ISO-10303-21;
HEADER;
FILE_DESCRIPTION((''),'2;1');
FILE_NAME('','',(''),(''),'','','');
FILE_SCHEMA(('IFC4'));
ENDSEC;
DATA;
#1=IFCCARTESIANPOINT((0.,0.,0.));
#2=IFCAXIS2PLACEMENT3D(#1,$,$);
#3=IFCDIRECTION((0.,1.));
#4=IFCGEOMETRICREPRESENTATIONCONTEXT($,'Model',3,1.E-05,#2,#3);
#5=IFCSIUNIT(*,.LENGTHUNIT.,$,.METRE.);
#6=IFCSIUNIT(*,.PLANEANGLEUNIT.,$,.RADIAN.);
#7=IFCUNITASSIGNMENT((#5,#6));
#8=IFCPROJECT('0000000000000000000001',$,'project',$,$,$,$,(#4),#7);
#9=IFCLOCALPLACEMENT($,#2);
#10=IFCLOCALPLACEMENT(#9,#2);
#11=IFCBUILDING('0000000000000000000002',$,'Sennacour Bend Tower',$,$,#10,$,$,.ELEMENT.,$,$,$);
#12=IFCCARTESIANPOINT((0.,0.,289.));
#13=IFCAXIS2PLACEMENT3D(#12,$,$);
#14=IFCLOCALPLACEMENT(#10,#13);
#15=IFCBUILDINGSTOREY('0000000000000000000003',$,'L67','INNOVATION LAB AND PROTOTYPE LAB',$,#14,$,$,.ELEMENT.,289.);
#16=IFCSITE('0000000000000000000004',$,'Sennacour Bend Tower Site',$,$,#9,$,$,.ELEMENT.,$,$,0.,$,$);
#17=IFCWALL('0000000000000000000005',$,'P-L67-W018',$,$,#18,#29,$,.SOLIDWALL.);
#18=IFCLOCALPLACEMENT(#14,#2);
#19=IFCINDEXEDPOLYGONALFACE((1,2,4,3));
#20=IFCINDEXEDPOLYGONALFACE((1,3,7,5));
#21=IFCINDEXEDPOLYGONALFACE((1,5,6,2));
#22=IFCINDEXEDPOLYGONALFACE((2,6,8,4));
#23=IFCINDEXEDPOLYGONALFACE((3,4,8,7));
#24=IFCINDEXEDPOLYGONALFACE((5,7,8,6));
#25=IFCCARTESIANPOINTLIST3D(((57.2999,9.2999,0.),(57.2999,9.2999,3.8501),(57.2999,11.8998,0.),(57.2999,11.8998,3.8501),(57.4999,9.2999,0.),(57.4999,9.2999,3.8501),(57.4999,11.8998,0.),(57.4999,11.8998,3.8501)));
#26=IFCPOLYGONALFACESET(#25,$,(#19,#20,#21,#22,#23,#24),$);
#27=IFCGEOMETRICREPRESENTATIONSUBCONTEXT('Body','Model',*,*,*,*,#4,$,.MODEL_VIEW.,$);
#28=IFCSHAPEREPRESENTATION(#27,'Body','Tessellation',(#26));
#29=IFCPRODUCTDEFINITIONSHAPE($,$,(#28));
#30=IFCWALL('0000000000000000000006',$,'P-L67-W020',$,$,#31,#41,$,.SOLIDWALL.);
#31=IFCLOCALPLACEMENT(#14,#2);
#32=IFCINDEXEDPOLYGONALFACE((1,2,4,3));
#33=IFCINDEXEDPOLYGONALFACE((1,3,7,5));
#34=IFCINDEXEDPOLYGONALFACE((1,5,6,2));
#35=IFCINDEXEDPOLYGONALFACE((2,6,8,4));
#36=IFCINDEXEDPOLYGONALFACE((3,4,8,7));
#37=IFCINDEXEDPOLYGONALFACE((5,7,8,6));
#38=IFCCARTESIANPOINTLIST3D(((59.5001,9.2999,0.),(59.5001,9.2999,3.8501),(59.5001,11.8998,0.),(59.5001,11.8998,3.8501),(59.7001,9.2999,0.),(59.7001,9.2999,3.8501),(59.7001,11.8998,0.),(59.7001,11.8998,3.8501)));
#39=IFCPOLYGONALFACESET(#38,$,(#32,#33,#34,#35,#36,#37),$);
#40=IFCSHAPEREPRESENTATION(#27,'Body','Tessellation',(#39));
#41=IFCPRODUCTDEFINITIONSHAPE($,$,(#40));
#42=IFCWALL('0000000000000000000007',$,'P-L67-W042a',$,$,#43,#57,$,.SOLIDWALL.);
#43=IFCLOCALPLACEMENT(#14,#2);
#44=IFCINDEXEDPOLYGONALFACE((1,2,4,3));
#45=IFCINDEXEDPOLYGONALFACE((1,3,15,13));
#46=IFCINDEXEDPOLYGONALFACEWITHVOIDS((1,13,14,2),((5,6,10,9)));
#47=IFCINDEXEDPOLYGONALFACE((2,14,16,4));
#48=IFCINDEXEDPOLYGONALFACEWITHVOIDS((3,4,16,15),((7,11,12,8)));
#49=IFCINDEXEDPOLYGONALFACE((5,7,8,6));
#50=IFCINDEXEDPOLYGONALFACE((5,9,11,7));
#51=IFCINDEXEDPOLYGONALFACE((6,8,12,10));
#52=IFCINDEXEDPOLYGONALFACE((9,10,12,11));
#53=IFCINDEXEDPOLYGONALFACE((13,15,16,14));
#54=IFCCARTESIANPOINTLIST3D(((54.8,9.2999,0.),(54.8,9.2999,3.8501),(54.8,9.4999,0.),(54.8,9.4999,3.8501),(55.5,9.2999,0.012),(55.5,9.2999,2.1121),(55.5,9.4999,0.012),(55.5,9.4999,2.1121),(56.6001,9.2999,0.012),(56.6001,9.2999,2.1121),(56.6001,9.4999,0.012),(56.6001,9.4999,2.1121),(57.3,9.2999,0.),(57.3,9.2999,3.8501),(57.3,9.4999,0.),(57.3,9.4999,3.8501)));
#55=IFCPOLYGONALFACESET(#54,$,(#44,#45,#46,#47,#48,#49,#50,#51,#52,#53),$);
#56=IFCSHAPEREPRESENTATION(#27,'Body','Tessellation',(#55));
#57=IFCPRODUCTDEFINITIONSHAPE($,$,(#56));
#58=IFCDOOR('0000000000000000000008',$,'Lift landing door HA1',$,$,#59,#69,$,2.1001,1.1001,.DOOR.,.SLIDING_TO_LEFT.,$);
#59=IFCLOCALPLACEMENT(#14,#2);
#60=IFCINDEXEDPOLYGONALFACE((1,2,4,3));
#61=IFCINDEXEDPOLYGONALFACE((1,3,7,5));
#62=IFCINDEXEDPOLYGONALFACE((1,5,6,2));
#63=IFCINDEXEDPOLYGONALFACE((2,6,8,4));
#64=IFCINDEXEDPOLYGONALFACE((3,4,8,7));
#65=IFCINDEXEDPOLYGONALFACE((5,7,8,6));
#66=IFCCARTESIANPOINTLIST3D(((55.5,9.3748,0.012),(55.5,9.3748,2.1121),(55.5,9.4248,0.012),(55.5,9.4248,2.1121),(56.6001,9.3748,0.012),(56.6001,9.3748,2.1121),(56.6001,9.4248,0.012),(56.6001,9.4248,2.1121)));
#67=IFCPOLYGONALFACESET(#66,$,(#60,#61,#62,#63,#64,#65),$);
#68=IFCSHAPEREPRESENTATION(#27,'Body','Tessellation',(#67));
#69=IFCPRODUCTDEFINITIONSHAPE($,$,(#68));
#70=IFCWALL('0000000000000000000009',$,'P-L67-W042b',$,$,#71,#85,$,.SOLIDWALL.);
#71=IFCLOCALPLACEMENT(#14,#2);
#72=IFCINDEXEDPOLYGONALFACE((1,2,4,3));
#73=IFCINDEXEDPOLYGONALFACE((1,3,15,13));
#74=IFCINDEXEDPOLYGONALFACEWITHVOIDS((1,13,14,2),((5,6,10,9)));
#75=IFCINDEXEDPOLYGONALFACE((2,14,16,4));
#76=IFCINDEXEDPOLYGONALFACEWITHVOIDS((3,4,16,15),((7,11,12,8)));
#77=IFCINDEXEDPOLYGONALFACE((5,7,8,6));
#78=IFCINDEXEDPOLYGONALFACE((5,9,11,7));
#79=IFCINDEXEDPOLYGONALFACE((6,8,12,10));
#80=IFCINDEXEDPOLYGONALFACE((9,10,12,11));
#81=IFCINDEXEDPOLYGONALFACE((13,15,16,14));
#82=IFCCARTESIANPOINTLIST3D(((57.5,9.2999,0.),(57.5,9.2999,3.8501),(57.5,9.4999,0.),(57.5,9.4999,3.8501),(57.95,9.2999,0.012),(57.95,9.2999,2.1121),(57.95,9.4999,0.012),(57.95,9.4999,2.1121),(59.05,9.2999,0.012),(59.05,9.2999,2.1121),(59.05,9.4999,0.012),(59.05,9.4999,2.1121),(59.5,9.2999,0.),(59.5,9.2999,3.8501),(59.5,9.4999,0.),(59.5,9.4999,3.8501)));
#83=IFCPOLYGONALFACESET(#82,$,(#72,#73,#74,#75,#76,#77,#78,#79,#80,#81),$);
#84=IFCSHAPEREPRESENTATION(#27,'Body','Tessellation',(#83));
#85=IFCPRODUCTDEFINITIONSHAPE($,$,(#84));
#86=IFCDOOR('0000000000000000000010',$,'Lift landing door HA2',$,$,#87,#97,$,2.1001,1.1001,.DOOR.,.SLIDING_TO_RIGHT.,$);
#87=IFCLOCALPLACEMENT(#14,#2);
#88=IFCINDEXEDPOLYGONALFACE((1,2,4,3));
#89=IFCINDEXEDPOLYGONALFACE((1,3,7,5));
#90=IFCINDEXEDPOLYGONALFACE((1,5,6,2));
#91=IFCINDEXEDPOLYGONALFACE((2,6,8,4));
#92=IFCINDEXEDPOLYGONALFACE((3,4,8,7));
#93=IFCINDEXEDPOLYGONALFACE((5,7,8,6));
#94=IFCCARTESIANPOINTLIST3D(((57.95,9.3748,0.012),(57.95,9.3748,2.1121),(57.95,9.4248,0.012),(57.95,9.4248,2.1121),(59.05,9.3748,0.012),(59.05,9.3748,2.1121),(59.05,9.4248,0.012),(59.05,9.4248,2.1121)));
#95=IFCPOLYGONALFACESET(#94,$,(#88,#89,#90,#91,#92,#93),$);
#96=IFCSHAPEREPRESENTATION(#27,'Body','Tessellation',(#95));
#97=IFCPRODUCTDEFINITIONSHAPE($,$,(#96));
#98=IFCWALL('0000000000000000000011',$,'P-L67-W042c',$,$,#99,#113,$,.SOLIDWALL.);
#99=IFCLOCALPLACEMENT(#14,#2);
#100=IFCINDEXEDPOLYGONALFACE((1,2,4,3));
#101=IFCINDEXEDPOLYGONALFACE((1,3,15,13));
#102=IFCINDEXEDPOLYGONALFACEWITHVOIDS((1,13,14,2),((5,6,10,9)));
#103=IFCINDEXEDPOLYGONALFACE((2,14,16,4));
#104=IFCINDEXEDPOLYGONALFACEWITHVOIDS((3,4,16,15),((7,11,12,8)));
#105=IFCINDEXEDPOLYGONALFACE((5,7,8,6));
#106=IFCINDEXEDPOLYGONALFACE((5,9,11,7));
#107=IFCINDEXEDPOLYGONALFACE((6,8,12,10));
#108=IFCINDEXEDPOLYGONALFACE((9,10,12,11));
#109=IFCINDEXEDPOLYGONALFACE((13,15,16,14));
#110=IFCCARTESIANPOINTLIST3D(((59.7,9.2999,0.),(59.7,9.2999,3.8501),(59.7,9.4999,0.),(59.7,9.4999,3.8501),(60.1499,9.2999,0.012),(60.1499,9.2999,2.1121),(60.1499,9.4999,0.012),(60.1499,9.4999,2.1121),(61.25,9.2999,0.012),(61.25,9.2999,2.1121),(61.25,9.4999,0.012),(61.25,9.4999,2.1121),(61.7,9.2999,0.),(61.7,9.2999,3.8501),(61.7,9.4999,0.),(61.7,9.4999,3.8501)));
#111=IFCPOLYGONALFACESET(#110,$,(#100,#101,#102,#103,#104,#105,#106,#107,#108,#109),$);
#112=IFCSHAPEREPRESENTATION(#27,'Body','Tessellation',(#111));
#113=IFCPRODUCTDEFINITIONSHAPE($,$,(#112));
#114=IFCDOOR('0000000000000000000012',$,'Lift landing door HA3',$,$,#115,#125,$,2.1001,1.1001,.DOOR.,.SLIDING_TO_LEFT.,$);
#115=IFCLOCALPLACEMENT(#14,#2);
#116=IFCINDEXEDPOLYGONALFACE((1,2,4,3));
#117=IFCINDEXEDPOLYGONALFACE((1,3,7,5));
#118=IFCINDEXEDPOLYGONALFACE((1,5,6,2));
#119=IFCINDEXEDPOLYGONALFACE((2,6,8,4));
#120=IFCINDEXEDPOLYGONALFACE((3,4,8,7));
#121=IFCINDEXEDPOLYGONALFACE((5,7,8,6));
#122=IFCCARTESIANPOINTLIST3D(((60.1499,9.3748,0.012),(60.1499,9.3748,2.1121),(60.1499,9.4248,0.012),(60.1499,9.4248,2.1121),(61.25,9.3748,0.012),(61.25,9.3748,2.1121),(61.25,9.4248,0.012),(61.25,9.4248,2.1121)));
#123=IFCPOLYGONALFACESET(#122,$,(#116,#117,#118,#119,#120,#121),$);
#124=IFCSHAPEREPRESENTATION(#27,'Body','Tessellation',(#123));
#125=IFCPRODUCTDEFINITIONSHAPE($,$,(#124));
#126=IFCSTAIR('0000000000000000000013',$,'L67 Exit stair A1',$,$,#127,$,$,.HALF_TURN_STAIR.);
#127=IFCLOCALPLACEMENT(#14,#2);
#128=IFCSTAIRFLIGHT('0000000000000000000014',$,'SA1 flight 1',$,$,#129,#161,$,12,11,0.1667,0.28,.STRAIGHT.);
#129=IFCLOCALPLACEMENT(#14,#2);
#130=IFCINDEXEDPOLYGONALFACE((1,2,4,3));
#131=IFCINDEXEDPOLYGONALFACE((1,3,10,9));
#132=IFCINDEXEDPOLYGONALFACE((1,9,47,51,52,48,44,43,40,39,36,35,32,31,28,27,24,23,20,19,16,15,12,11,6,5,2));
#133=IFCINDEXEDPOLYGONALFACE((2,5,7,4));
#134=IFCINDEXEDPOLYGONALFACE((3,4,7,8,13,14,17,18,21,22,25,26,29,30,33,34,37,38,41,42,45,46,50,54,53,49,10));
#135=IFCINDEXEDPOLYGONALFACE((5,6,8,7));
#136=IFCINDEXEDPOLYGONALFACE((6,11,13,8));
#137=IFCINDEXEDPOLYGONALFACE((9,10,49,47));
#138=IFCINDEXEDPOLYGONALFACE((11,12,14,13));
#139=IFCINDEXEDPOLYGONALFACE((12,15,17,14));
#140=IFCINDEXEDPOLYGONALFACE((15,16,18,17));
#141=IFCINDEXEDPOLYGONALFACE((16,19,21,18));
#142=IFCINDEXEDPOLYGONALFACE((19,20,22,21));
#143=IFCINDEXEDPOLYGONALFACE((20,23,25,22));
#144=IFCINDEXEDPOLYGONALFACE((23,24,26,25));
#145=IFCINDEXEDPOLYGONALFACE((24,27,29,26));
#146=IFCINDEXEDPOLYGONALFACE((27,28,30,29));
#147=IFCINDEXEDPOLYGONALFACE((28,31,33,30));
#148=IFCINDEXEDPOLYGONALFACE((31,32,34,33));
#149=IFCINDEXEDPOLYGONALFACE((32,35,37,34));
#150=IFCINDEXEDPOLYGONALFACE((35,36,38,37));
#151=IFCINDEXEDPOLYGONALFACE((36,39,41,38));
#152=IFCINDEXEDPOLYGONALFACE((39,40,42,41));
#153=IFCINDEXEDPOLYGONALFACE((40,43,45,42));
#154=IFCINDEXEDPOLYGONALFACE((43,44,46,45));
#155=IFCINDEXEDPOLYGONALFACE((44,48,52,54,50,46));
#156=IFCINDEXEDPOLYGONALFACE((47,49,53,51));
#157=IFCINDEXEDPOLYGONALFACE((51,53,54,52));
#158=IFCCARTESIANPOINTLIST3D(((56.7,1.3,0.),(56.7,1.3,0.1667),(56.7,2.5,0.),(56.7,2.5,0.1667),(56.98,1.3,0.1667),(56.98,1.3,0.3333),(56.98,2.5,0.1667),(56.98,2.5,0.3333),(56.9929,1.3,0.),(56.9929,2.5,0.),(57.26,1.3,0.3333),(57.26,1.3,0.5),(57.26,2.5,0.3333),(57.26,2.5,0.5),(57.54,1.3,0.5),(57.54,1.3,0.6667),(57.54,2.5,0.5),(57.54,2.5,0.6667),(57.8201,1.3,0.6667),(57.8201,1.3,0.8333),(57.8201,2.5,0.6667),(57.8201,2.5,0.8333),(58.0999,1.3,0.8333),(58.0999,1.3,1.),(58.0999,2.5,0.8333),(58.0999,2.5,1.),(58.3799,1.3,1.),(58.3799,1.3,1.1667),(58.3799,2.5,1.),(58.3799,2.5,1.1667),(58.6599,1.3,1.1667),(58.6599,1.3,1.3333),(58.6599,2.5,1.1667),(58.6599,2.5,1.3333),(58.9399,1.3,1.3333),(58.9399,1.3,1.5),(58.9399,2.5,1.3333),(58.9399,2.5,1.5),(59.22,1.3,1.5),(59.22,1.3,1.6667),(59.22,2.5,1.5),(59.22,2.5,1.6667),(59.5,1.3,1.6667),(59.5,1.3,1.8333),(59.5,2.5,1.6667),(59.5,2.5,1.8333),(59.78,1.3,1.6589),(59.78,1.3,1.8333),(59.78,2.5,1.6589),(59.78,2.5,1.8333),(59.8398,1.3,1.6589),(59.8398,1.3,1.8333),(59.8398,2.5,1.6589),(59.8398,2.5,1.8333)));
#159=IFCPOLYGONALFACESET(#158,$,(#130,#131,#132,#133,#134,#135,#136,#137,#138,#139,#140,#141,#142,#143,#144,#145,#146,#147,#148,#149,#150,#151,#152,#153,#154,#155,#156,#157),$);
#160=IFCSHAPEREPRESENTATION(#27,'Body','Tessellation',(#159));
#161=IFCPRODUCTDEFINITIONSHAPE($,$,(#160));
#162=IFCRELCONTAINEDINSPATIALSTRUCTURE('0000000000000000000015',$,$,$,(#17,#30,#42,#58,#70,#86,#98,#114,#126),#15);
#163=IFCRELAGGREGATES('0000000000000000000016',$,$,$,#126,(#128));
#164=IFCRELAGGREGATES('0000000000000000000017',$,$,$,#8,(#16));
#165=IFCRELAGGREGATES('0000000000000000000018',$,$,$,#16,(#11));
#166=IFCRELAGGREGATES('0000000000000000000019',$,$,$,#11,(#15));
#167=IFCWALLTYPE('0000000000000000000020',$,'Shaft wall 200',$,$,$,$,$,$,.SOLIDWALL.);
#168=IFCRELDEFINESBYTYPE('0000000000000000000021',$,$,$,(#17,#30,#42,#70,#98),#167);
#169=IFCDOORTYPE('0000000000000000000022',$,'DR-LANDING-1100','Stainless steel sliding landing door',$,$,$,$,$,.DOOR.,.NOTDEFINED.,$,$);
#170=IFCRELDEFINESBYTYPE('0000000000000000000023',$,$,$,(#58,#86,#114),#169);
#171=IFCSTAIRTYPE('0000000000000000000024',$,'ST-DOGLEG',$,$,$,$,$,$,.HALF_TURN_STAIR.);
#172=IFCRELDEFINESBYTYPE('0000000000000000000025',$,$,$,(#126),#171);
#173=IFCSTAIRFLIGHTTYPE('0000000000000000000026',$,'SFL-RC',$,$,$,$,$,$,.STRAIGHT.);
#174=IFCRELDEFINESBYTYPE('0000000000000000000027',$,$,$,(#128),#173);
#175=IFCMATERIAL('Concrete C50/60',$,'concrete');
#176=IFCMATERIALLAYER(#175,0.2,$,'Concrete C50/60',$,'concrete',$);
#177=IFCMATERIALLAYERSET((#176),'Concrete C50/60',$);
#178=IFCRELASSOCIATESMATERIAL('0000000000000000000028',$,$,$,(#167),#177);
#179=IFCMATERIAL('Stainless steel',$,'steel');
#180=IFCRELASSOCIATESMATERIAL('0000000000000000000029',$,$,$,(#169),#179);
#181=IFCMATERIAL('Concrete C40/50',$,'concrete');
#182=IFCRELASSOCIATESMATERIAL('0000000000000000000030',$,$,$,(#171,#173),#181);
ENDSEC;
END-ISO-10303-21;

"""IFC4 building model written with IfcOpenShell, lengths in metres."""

from ifc_helpers import new_model, si_unit, direction, frame, frame_2d, origin, place, context, subcontext, project, spatial, polyline, rectangle, outline, extrude, material, layer, layer_set, type_object, element, fill, aggregate, save


model = new_model("IFC4")

# Units and contexts
model_context = context("Model", 3, precision=1e-05, world=origin(), true_north=direction((0.0, 1.0)))
body_context = subcontext(model_context, "Body", "Model", "MODEL_VIEW")
ifc_project = project(units=[si_unit("LENGTHUNIT", "METRE"), si_unit("PLANEANGLEUNIT", "RADIAN")], contexts=[model_context])

# Site, building, storey
site_placement = place(None, origin())
site = spatial("IfcSite", under=ifc_project, at=site_placement, Name="Sennacour Bend Tower Site", CompositionType="ELEMENT", RefElevation=0.0)
building_placement = place(site_placement, origin())
building = spatial("IfcBuilding", under=site, at=building_placement, Name="Sennacour Bend Tower", CompositionType="ELEMENT")
storey_placement = place(building_placement, frame((0.0, 0.0, 289.0)))
storey = spatial("IfcBuildingStorey", under=building, at=storey_placement, Name="L67", Description="INNOVATION LAB AND PROTOTYPE LAB", CompositionType="ELEMENT", Elevation=289.0)

# Walls
ifc_material_1 = material(Name="Concrete C50/60", Category="concrete")
ifc_layer = layer(ifc_material_1, 0.2, Name="Concrete C50/60", Category="concrete")
ifc_layer_set = layer_set([ifc_layer], Name="Concrete C50/60")
wall_type = type_object("IfcWallType", Name="Shaft wall 200", PredefinedType="SOLIDWALL", material=ifc_layer_set)
for number, where, z_axis, x_axis, name in (
    (1, (57.3999, 9.3, 0.0), (0.0, 0.0, 1.0), (0.0, 1.0, 0.0), "P-L67-W018"),
    (2, (59.6001, 9.3, 0.0), (0.0, 0.0, 1.0), (0.0, 1.0, 0.0), "P-L67-W020"),
):
    element("IfcWall", number, at=place(storey_placement, frame(where, z_axis=z_axis, x_axis=x_axis)), inside=storey, type_object=wall_type, Name=name, PredefinedType="SOLIDWALL", context=body_context, shape_type="SweptSolid", body=[
        extrude(rectangle(XDim=2.5999, YDim=0.2, at=frame_2d((1.2998, 0.0))), origin(), (0.0, 0.0, 1.0), 3.8501),
    ])

# Walls, openings, doors
wall_1_placement = place(storey_placement, frame((54.8, 9.3999, 0.0), z_axis=(0.0, 0.0, 1.0), x_axis=(1.0, 0.0, 0.0)))
wall_1 = element("IfcWall", 3, at=wall_1_placement, inside=storey, type_object=wall_type, Name="P-L67-W042a", PredefinedType="SOLIDWALL", context=body_context, shape_type="SweptSolid", body=[
    extrude(rectangle(XDim=2.5, YDim=0.2, at=frame_2d((1.25, 0.0))), origin(), (0.0, 0.0, 1.0), 3.8501),
])
opening_1_placement = place(wall_1_placement, frame((0.7, 0.0, 0.012)))
opening_1 = element("IfcOpeningElement", 4, at=opening_1_placement, cuts=wall_1, PredefinedType="OPENING", context=body_context, shape_type="SweptSolid", body=[
    extrude(rectangle(XDim=1.1001, YDim=2.1001, at=frame_2d((0.55, 1.05))), frame((0.0, 0.1099, 0.0), z_axis=(0.0, -1.0, 0.0), x_axis=(1.0, 0.0, 0.0)), (0.0, 0.0, 1.0), 0.22),
])
ifc_material_2 = material(Name="Stainless steel", Category="steel")
door_type = type_object("IfcDoorType", Name="DR-LANDING-1100", Description="Stainless steel sliding landing door", OperationType="NOTDEFINED", PredefinedType="DOOR", material=ifc_material_2)
door_1_placement = place(opening_1_placement, origin())
door_1 = element("IfcDoor", 5, at=door_1_placement, inside=storey, type_object=door_type, Name="Lift landing door HA1", OperationType="SLIDING_TO_LEFT", OverallHeight=2.1001, OverallWidth=1.1001, PredefinedType="DOOR", context=body_context, shape_type="SweptSolid", body=[
    extrude(rectangle(XDim=1.1001, YDim=2.1001, at=frame_2d((0.55, 1.05))), frame((0.0, 0.0249, 0.0), z_axis=(0.0, -1.0, 0.0), x_axis=(1.0, 0.0, 0.0)), (0.0, 0.0, 1.0), 0.05),
])
fill(opening_1, door_1)
wall_2_placement = place(storey_placement, frame((57.5, 9.3999, 0.0), z_axis=(0.0, 0.0, 1.0), x_axis=(1.0, 0.0, 0.0)))
wall_2 = element("IfcWall", 6, at=wall_2_placement, inside=storey, type_object=wall_type, Name="P-L67-W042b", PredefinedType="SOLIDWALL", context=body_context, shape_type="SweptSolid", body=[
    extrude(rectangle(XDim=2.0, YDim=0.2, at=frame_2d((1.0, 0.0))), origin(), (0.0, 0.0, 1.0), 3.8501),
])
opening_2_placement = place(wall_2_placement, frame((0.45, 0.0, 0.012)))
opening_2 = element("IfcOpeningElement", 7, at=opening_2_placement, cuts=wall_2, PredefinedType="OPENING", context=body_context, shape_type="SweptSolid", body=[
    extrude(rectangle(XDim=1.1001, YDim=2.1001, at=frame_2d((0.55, 1.05))), frame((0.0, 0.1099, 0.0), z_axis=(0.0, -1.0, 0.0), x_axis=(1.0, 0.0, 0.0)), (0.0, 0.0, 1.0), 0.22),
])
door_2_placement = place(opening_2_placement, origin())
door_2 = element("IfcDoor", 8, at=door_2_placement, inside=storey, type_object=door_type, Name="Lift landing door HA2", OperationType="SLIDING_TO_RIGHT", OverallHeight=2.1001, OverallWidth=1.1001, PredefinedType="DOOR", context=body_context, shape_type="SweptSolid", body=[
    extrude(rectangle(XDim=1.1001, YDim=2.1001, at=frame_2d((0.55, 1.05))), frame((0.0, 0.0249, 0.0), z_axis=(0.0, -1.0, 0.0), x_axis=(1.0, 0.0, 0.0)), (0.0, 0.0, 1.0), 0.05),
])
fill(opening_2, door_2)
wall_3_placement = place(storey_placement, frame((59.7, 9.3999, 0.0), z_axis=(0.0, 0.0, 1.0), x_axis=(1.0, 0.0, 0.0)))
wall_3 = element("IfcWall", 9, at=wall_3_placement, inside=storey, type_object=wall_type, Name="P-L67-W042c", PredefinedType="SOLIDWALL", context=body_context, shape_type="SweptSolid", body=[
    extrude(rectangle(XDim=2.0, YDim=0.2, at=frame_2d((1.0, 0.0))), origin(), (0.0, 0.0, 1.0), 3.8501),
])
opening_3_placement = place(wall_3_placement, frame((0.45, 0.0, 0.012)))
opening_3 = element("IfcOpeningElement", 10, at=opening_3_placement, cuts=wall_3, PredefinedType="OPENING", context=body_context, shape_type="SweptSolid", body=[
    extrude(rectangle(XDim=1.1001, YDim=2.1001, at=frame_2d((0.55, 1.05))), frame((0.0, 0.1099, 0.0), z_axis=(0.0, -1.0, 0.0), x_axis=(1.0, 0.0, 0.0)), (0.0, 0.0, 1.0), 0.22),
])
door_3_placement = place(opening_3_placement, origin())
door_3 = element("IfcDoor", 11, at=door_3_placement, inside=storey, type_object=door_type, Name="Lift landing door HA3", OperationType="SLIDING_TO_LEFT", OverallHeight=2.1001, OverallWidth=1.1001, PredefinedType="DOOR", context=body_context, shape_type="SweptSolid", body=[
    extrude(rectangle(XDim=1.1001, YDim=2.1001, at=frame_2d((0.55, 1.05))), frame((0.0, 0.0249, 0.0), z_axis=(0.0, -1.0, 0.0), x_axis=(1.0, 0.0, 0.0)), (0.0, 0.0, 1.0), 0.05),
])
fill(opening_3, door_3)

# Stair, stair flight
ifc_material_3 = material(Name="Concrete C40/50", Category="concrete")
stair_type = type_object("IfcStairType", Name="ST-DOGLEG", PredefinedType="HALF_TURN_STAIR", material=ifc_material_3)
stair_placement = place(storey_placement, origin())
stair = element("IfcStair", 12, at=stair_placement, inside=storey, type_object=stair_type, Name="L67 Exit stair A1", PredefinedType="HALF_TURN_STAIR")
stair_flight_type = type_object("IfcStairFlightType", Name="SFL-RC", PredefinedType="STRAIGHT", material=ifc_material_3)
stair_flight_placement = place(storey_placement, frame((56.7, 1.8999, 0.0), z_axis=(0.0, 0.0, 1.0), x_axis=(1.0, 0.0, 0.0)))
stair_flight = element("IfcStairFlight", 13, at=stair_flight_placement, type_object=stair_flight_type, Name="SA1 flight 1", NumberOfRisers=12, NumberOfTreads=11, PredefinedType="STRAIGHT", RiserHeight=0.1667, TreadLength=0.28, context=body_context, shape_type="SweptSolid", body=[
    extrude(outline(polyline([(0.0, 0.0), (0.0, 0.1667), (0.28, 0.1667), (0.28, 0.3333), (0.5601, 0.3333), (0.5601, 0.5), (0.8401, 0.5), (0.8401, 0.6667), (1.1201, 0.6667), (1.1201, 0.8333), (1.3999, 0.8333), (1.3999, 1.0), (1.6799, 1.0), (1.6799, 1.1667), (1.96, 1.1667), (1.96, 1.3333), (2.24, 1.3333), (2.24, 1.5), (2.52, 1.5), (2.52, 1.6667), (2.8, 1.6667), (2.8, 1.8333), (3.0801, 1.8333), (3.1399, 1.8333), (3.1399, 1.6589), (3.0801, 1.6589), (0.293, 0.0), (0.0, 0.0)])), frame((0.0, 0.6001, 0.0), z_axis=(0.0, -1.0, 0.0), x_axis=(1.0, 0.0, 0.0)), (0.0, 0.0, 1.0), 1.2),
])
aggregate(stair, [stair_flight])

save(model, "model.ifc")
